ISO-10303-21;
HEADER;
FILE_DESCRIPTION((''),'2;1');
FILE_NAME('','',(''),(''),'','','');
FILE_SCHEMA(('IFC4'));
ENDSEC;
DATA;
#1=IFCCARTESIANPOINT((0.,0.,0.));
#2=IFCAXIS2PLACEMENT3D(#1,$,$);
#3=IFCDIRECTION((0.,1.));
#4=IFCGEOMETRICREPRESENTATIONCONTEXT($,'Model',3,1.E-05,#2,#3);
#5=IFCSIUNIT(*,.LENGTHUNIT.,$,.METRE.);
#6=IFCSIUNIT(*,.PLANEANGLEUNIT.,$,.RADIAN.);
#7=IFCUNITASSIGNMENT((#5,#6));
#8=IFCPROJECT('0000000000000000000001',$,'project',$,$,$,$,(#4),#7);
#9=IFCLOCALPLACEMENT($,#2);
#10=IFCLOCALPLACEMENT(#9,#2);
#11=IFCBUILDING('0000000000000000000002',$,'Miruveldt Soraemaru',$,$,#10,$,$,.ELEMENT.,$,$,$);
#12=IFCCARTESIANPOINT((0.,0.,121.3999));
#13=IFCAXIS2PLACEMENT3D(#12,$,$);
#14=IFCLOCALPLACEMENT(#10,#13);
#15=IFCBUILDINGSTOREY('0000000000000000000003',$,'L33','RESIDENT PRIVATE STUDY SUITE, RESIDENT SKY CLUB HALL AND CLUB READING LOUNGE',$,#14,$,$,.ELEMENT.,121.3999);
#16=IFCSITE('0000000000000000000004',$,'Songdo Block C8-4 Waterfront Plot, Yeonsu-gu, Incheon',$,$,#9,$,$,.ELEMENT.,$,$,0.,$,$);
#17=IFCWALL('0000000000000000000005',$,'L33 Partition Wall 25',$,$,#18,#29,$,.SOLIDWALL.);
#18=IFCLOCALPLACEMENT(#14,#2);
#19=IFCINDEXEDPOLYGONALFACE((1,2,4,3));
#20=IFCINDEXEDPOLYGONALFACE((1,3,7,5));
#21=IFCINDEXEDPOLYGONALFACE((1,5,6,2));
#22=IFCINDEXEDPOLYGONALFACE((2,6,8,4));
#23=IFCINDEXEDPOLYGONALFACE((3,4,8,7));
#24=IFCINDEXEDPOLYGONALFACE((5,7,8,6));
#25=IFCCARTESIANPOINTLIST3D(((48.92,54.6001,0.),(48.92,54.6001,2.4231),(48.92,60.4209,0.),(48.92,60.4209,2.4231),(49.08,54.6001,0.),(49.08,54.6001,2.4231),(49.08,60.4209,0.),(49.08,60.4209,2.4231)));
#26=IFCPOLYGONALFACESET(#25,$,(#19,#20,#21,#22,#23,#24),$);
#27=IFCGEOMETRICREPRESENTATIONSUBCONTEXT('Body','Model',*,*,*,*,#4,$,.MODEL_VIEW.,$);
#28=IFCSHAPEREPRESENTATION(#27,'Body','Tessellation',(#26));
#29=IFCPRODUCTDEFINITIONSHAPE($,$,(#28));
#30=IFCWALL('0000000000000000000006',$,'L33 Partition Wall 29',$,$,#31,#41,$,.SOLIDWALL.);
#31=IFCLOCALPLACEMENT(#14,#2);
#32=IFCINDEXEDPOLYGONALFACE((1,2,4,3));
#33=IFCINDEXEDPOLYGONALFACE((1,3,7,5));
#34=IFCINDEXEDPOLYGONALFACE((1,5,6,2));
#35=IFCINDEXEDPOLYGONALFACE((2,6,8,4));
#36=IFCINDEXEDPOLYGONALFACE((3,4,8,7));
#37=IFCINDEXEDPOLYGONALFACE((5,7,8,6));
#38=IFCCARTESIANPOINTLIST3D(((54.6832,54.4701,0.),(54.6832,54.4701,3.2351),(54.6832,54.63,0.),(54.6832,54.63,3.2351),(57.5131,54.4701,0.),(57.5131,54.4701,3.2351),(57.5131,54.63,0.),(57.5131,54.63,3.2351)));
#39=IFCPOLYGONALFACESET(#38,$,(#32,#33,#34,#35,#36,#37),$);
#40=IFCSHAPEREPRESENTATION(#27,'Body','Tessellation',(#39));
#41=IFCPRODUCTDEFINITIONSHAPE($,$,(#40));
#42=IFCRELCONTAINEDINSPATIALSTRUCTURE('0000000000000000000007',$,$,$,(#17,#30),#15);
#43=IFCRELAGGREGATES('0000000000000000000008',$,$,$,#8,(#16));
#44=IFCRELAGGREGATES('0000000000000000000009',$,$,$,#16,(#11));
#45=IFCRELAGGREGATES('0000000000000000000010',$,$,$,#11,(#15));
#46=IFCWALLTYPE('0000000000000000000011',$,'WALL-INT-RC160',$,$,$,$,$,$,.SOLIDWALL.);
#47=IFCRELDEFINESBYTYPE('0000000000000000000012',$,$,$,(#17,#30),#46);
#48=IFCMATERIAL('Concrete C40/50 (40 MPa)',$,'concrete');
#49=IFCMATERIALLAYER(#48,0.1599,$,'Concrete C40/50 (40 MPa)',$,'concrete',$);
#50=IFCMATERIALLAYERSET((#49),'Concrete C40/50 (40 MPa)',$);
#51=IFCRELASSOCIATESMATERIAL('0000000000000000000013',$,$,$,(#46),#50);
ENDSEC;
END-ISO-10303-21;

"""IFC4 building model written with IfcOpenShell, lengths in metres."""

from ifc_helpers import new_model, si_unit, direction, frame, frame_2d, origin, place, context, subcontext, project, spatial, rectangle, extrude, material, layer, layer_set, type_object, element, save


model = new_model("IFC4")

# Units and contexts
model_context = context("Model", 3, precision=1e-05, world=origin(), true_north=direction((0.0, 1.0)))
body_context = subcontext(model_context, "Body", "Model", "MODEL_VIEW")
ifc_project = project(units=[si_unit("LENGTHUNIT", "METRE"), si_unit("PLANEANGLEUNIT", "RADIAN")], contexts=[model_context])

# Site, building, storey
site_placement = place(None, origin())
site = spatial("IfcSite", under=ifc_project, at=site_placement, Name="Songdo Block C8-4 Waterfront Plot, Yeonsu-gu, Incheon", CompositionType="ELEMENT", RefElevation=0.0)
building_placement = place(site_placement, origin())
building = spatial("IfcBuilding", under=site, at=building_placement, Name="Miruveldt Soraemaru", CompositionType="ELEMENT")
storey_placement = place(building_placement, frame((0.0, 0.0, 121.3999)))
storey = spatial("IfcBuildingStorey", under=building, at=storey_placement, Name="L33", Description="RESIDENT PRIVATE STUDY SUITE, RESIDENT SKY CLUB HALL AND CLUB READING LOUNGE", CompositionType="ELEMENT", Elevation=121.3999)

# Shared definitions
ifc_material_1 = material(Name="Concrete C40/50 (40 MPa)", Category="concrete")
ifc_layer_1 = layer(ifc_material_1, 0.1599, Name="Concrete C40/50 (40 MPa)", Category="concrete")
ifc_layer_set_1 = layer_set([ifc_layer_1], Name="Concrete C40/50 (40 MPa)")
wall_type_1 = type_object("IfcWallType", Name="WALL-INT-RC160", PredefinedType="SOLIDWALL", material=ifc_layer_set_1)

# Walls
wall_1_placement = place(storey_placement, frame((49.0, 54.6001, 0.0), z_axis=(0.0, 0.0, 1.0), x_axis=(0.0, 1.0, 0.0)))
element("IfcWall", 1, at=wall_1_placement, inside=storey, type_object=wall_type_1, Name="L33 Partition Wall 25", PredefinedType="SOLIDWALL", context=body_context, shape_type="SweptSolid", body=[
    extrude(rectangle(XDim=5.8208, YDim=0.1599, at=frame_2d((2.9104, 0.0))), origin(), (0.0, 0.0, 1.0), 2.4231),
])
wall_2_placement = place(storey_placement, frame((54.6831, 54.55, 0.0), z_axis=(0.0, 0.0, 1.0), x_axis=(1.0, 0.0, 0.0)))
element("IfcWall", 2, at=wall_2_placement, inside=storey, type_object=wall_type_1, Name="L33 Partition Wall 29", PredefinedType="SOLIDWALL", context=body_context, shape_type="SweptSolid", body=[
    extrude(rectangle(XDim=2.8298, YDim=0.1599, at=frame_2d((1.415, 0.0))), origin(), (0.0, 0.0, 1.0), 3.2351),
])

save(model, "model.ifc")
